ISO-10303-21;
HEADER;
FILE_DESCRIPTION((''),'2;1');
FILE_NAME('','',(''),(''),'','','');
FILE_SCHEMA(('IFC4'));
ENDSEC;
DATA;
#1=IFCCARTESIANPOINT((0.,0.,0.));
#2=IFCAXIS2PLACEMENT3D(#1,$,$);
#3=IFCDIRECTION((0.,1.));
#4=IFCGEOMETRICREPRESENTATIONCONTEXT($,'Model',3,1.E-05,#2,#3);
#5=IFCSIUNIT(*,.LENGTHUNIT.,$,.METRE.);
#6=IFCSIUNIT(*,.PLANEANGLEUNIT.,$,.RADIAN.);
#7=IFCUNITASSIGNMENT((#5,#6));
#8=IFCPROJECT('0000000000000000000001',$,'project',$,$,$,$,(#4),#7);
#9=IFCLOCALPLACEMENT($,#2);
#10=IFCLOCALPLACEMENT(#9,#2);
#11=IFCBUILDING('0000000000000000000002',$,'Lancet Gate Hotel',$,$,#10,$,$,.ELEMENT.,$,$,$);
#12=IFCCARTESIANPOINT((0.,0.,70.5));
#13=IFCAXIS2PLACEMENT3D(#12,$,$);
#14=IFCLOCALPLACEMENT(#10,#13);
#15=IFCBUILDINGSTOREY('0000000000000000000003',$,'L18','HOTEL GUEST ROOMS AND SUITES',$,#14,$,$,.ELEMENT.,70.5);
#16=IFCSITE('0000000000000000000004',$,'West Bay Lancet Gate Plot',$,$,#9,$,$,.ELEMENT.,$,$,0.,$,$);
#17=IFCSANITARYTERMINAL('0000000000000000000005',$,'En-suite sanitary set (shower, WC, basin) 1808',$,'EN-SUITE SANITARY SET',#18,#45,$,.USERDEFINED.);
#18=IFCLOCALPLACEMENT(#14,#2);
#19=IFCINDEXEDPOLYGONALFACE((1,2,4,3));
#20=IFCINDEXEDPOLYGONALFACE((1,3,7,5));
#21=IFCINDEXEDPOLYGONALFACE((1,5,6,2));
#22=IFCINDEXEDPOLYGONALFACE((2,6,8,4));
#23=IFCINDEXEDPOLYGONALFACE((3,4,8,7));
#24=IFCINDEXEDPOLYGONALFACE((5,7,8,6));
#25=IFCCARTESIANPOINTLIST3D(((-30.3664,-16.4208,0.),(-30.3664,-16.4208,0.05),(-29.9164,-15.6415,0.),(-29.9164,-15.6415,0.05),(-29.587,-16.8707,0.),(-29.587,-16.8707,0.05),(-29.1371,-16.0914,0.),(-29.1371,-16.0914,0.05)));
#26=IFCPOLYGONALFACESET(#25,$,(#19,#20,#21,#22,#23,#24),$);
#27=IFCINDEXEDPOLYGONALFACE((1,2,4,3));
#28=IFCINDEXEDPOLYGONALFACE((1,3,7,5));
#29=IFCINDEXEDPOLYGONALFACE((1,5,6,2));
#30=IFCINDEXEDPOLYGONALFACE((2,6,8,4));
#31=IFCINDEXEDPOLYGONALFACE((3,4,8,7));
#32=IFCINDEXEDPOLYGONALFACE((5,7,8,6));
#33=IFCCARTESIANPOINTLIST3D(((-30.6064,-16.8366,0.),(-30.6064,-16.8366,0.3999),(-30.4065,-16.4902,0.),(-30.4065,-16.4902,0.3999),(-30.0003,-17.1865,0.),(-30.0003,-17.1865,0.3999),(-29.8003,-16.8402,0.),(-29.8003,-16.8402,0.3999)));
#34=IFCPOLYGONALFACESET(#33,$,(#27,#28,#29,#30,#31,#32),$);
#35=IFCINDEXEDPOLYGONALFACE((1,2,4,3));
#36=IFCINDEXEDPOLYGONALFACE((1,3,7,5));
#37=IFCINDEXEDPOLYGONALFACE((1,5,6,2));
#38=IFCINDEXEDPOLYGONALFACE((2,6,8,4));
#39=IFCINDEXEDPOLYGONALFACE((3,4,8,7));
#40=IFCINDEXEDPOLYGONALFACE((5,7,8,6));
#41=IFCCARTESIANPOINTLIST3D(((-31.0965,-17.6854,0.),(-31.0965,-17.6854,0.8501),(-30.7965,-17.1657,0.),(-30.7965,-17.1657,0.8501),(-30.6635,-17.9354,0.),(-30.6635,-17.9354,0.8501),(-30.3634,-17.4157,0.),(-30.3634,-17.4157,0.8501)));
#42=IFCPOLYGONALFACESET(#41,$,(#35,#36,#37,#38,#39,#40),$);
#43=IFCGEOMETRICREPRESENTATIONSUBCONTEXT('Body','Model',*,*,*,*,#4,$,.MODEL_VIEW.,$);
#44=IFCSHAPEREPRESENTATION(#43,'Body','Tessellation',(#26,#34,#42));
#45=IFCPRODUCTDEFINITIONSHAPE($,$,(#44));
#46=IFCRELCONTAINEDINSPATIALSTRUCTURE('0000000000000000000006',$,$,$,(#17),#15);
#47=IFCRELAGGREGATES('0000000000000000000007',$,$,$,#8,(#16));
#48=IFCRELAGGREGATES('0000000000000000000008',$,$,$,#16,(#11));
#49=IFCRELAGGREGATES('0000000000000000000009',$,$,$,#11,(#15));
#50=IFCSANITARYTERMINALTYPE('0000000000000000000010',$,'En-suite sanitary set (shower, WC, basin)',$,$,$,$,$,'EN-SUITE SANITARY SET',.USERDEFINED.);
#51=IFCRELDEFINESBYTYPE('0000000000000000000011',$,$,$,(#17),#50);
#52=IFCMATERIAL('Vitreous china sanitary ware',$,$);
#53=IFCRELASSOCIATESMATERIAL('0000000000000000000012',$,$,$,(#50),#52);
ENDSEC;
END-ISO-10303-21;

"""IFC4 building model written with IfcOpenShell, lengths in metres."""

from ifc_helpers import new_model, si_unit, direction, frame, origin, origin_2d, place, context, subcontext, project, spatial, rectangle, extrude, material, type_object, element, save


model = new_model("IFC4")

# Units and contexts
model_context = context("Model", 3, precision=1e-05, world=origin(), true_north=direction((0.0, 1.0)))
body_context = subcontext(model_context, "Body", "Model", "MODEL_VIEW")
ifc_project = project(units=[si_unit("LENGTHUNIT", "METRE"), si_unit("PLANEANGLEUNIT", "RADIAN")], contexts=[model_context])

# Site, building, storey
site_placement = place(None, origin())
site = spatial("IfcSite", under=ifc_project, at=site_placement, Name="West Bay Lancet Gate Plot", CompositionType="ELEMENT", RefElevation=0.0)
building_placement = place(site_placement, origin())
building = spatial("IfcBuilding", under=site, at=building_placement, Name="Lancet Gate Hotel", CompositionType="ELEMENT")
storey_placement = place(building_placement, frame((0.0, 0.0, 70.5)))
storey = spatial("IfcBuildingStorey", under=building, at=storey_placement, Name="L18", Description="HOTEL GUEST ROOMS AND SUITES", CompositionType="ELEMENT", Elevation=70.5)

# Sanitary terminal
ifc_material_1 = material(Name="Vitreous china sanitary ware")
sanitary_terminal_type = type_object("IfcSanitaryTerminalType", Name="En-suite sanitary set (shower, WC, basin)", ElementType="EN-SUITE SANITARY SET", PredefinedType="USERDEFINED", material=ifc_material_1)
sanitary_terminal_placement = place(storey_placement, frame((-29.7517, -16.2561, 0.0), z_axis=(0.0, 0.0, 1.0), x_axis=(1.0, 0.0, 0.0)))
element("IfcSanitaryTerminal", 1, at=sanitary_terminal_placement, inside=storey, type_object=sanitary_terminal_type, Name="En-suite sanitary set (shower, WC, basin) 1808", ObjectType="EN-SUITE SANITARY SET", PredefinedType="USERDEFINED", context=body_context, shape_type="SweptSolid", body=[
    extrude(rectangle(XDim=0.8999, YDim=0.8999, at=origin_2d()), frame((0.0, 0.0, 0.0), z_axis=(0.0, 0.0, 1.0), x_axis=(0.5, 0.866025, 0.0)), (0.0, 0.0, 1.0), 0.05),
    extrude(rectangle(XDim=0.3999, YDim=0.7, at=origin_2d()), frame((-0.4517, -0.5823, 0.0), z_axis=(0.0, 0.0, 1.0), x_axis=(0.5, 0.866025, 0.0)), (0.0, 0.0, 1.0), 0.3999),
    extrude(rectangle(XDim=0.6001, YDim=0.5, at=origin_2d()), frame((-0.9783, -1.2944, 0.0), z_axis=(0.0, 0.0, 1.0), x_axis=(0.5, 0.866025, 0.0)), (0.0, 0.0, 1.0), 0.8501),
])

save(model, "model.ifc")
